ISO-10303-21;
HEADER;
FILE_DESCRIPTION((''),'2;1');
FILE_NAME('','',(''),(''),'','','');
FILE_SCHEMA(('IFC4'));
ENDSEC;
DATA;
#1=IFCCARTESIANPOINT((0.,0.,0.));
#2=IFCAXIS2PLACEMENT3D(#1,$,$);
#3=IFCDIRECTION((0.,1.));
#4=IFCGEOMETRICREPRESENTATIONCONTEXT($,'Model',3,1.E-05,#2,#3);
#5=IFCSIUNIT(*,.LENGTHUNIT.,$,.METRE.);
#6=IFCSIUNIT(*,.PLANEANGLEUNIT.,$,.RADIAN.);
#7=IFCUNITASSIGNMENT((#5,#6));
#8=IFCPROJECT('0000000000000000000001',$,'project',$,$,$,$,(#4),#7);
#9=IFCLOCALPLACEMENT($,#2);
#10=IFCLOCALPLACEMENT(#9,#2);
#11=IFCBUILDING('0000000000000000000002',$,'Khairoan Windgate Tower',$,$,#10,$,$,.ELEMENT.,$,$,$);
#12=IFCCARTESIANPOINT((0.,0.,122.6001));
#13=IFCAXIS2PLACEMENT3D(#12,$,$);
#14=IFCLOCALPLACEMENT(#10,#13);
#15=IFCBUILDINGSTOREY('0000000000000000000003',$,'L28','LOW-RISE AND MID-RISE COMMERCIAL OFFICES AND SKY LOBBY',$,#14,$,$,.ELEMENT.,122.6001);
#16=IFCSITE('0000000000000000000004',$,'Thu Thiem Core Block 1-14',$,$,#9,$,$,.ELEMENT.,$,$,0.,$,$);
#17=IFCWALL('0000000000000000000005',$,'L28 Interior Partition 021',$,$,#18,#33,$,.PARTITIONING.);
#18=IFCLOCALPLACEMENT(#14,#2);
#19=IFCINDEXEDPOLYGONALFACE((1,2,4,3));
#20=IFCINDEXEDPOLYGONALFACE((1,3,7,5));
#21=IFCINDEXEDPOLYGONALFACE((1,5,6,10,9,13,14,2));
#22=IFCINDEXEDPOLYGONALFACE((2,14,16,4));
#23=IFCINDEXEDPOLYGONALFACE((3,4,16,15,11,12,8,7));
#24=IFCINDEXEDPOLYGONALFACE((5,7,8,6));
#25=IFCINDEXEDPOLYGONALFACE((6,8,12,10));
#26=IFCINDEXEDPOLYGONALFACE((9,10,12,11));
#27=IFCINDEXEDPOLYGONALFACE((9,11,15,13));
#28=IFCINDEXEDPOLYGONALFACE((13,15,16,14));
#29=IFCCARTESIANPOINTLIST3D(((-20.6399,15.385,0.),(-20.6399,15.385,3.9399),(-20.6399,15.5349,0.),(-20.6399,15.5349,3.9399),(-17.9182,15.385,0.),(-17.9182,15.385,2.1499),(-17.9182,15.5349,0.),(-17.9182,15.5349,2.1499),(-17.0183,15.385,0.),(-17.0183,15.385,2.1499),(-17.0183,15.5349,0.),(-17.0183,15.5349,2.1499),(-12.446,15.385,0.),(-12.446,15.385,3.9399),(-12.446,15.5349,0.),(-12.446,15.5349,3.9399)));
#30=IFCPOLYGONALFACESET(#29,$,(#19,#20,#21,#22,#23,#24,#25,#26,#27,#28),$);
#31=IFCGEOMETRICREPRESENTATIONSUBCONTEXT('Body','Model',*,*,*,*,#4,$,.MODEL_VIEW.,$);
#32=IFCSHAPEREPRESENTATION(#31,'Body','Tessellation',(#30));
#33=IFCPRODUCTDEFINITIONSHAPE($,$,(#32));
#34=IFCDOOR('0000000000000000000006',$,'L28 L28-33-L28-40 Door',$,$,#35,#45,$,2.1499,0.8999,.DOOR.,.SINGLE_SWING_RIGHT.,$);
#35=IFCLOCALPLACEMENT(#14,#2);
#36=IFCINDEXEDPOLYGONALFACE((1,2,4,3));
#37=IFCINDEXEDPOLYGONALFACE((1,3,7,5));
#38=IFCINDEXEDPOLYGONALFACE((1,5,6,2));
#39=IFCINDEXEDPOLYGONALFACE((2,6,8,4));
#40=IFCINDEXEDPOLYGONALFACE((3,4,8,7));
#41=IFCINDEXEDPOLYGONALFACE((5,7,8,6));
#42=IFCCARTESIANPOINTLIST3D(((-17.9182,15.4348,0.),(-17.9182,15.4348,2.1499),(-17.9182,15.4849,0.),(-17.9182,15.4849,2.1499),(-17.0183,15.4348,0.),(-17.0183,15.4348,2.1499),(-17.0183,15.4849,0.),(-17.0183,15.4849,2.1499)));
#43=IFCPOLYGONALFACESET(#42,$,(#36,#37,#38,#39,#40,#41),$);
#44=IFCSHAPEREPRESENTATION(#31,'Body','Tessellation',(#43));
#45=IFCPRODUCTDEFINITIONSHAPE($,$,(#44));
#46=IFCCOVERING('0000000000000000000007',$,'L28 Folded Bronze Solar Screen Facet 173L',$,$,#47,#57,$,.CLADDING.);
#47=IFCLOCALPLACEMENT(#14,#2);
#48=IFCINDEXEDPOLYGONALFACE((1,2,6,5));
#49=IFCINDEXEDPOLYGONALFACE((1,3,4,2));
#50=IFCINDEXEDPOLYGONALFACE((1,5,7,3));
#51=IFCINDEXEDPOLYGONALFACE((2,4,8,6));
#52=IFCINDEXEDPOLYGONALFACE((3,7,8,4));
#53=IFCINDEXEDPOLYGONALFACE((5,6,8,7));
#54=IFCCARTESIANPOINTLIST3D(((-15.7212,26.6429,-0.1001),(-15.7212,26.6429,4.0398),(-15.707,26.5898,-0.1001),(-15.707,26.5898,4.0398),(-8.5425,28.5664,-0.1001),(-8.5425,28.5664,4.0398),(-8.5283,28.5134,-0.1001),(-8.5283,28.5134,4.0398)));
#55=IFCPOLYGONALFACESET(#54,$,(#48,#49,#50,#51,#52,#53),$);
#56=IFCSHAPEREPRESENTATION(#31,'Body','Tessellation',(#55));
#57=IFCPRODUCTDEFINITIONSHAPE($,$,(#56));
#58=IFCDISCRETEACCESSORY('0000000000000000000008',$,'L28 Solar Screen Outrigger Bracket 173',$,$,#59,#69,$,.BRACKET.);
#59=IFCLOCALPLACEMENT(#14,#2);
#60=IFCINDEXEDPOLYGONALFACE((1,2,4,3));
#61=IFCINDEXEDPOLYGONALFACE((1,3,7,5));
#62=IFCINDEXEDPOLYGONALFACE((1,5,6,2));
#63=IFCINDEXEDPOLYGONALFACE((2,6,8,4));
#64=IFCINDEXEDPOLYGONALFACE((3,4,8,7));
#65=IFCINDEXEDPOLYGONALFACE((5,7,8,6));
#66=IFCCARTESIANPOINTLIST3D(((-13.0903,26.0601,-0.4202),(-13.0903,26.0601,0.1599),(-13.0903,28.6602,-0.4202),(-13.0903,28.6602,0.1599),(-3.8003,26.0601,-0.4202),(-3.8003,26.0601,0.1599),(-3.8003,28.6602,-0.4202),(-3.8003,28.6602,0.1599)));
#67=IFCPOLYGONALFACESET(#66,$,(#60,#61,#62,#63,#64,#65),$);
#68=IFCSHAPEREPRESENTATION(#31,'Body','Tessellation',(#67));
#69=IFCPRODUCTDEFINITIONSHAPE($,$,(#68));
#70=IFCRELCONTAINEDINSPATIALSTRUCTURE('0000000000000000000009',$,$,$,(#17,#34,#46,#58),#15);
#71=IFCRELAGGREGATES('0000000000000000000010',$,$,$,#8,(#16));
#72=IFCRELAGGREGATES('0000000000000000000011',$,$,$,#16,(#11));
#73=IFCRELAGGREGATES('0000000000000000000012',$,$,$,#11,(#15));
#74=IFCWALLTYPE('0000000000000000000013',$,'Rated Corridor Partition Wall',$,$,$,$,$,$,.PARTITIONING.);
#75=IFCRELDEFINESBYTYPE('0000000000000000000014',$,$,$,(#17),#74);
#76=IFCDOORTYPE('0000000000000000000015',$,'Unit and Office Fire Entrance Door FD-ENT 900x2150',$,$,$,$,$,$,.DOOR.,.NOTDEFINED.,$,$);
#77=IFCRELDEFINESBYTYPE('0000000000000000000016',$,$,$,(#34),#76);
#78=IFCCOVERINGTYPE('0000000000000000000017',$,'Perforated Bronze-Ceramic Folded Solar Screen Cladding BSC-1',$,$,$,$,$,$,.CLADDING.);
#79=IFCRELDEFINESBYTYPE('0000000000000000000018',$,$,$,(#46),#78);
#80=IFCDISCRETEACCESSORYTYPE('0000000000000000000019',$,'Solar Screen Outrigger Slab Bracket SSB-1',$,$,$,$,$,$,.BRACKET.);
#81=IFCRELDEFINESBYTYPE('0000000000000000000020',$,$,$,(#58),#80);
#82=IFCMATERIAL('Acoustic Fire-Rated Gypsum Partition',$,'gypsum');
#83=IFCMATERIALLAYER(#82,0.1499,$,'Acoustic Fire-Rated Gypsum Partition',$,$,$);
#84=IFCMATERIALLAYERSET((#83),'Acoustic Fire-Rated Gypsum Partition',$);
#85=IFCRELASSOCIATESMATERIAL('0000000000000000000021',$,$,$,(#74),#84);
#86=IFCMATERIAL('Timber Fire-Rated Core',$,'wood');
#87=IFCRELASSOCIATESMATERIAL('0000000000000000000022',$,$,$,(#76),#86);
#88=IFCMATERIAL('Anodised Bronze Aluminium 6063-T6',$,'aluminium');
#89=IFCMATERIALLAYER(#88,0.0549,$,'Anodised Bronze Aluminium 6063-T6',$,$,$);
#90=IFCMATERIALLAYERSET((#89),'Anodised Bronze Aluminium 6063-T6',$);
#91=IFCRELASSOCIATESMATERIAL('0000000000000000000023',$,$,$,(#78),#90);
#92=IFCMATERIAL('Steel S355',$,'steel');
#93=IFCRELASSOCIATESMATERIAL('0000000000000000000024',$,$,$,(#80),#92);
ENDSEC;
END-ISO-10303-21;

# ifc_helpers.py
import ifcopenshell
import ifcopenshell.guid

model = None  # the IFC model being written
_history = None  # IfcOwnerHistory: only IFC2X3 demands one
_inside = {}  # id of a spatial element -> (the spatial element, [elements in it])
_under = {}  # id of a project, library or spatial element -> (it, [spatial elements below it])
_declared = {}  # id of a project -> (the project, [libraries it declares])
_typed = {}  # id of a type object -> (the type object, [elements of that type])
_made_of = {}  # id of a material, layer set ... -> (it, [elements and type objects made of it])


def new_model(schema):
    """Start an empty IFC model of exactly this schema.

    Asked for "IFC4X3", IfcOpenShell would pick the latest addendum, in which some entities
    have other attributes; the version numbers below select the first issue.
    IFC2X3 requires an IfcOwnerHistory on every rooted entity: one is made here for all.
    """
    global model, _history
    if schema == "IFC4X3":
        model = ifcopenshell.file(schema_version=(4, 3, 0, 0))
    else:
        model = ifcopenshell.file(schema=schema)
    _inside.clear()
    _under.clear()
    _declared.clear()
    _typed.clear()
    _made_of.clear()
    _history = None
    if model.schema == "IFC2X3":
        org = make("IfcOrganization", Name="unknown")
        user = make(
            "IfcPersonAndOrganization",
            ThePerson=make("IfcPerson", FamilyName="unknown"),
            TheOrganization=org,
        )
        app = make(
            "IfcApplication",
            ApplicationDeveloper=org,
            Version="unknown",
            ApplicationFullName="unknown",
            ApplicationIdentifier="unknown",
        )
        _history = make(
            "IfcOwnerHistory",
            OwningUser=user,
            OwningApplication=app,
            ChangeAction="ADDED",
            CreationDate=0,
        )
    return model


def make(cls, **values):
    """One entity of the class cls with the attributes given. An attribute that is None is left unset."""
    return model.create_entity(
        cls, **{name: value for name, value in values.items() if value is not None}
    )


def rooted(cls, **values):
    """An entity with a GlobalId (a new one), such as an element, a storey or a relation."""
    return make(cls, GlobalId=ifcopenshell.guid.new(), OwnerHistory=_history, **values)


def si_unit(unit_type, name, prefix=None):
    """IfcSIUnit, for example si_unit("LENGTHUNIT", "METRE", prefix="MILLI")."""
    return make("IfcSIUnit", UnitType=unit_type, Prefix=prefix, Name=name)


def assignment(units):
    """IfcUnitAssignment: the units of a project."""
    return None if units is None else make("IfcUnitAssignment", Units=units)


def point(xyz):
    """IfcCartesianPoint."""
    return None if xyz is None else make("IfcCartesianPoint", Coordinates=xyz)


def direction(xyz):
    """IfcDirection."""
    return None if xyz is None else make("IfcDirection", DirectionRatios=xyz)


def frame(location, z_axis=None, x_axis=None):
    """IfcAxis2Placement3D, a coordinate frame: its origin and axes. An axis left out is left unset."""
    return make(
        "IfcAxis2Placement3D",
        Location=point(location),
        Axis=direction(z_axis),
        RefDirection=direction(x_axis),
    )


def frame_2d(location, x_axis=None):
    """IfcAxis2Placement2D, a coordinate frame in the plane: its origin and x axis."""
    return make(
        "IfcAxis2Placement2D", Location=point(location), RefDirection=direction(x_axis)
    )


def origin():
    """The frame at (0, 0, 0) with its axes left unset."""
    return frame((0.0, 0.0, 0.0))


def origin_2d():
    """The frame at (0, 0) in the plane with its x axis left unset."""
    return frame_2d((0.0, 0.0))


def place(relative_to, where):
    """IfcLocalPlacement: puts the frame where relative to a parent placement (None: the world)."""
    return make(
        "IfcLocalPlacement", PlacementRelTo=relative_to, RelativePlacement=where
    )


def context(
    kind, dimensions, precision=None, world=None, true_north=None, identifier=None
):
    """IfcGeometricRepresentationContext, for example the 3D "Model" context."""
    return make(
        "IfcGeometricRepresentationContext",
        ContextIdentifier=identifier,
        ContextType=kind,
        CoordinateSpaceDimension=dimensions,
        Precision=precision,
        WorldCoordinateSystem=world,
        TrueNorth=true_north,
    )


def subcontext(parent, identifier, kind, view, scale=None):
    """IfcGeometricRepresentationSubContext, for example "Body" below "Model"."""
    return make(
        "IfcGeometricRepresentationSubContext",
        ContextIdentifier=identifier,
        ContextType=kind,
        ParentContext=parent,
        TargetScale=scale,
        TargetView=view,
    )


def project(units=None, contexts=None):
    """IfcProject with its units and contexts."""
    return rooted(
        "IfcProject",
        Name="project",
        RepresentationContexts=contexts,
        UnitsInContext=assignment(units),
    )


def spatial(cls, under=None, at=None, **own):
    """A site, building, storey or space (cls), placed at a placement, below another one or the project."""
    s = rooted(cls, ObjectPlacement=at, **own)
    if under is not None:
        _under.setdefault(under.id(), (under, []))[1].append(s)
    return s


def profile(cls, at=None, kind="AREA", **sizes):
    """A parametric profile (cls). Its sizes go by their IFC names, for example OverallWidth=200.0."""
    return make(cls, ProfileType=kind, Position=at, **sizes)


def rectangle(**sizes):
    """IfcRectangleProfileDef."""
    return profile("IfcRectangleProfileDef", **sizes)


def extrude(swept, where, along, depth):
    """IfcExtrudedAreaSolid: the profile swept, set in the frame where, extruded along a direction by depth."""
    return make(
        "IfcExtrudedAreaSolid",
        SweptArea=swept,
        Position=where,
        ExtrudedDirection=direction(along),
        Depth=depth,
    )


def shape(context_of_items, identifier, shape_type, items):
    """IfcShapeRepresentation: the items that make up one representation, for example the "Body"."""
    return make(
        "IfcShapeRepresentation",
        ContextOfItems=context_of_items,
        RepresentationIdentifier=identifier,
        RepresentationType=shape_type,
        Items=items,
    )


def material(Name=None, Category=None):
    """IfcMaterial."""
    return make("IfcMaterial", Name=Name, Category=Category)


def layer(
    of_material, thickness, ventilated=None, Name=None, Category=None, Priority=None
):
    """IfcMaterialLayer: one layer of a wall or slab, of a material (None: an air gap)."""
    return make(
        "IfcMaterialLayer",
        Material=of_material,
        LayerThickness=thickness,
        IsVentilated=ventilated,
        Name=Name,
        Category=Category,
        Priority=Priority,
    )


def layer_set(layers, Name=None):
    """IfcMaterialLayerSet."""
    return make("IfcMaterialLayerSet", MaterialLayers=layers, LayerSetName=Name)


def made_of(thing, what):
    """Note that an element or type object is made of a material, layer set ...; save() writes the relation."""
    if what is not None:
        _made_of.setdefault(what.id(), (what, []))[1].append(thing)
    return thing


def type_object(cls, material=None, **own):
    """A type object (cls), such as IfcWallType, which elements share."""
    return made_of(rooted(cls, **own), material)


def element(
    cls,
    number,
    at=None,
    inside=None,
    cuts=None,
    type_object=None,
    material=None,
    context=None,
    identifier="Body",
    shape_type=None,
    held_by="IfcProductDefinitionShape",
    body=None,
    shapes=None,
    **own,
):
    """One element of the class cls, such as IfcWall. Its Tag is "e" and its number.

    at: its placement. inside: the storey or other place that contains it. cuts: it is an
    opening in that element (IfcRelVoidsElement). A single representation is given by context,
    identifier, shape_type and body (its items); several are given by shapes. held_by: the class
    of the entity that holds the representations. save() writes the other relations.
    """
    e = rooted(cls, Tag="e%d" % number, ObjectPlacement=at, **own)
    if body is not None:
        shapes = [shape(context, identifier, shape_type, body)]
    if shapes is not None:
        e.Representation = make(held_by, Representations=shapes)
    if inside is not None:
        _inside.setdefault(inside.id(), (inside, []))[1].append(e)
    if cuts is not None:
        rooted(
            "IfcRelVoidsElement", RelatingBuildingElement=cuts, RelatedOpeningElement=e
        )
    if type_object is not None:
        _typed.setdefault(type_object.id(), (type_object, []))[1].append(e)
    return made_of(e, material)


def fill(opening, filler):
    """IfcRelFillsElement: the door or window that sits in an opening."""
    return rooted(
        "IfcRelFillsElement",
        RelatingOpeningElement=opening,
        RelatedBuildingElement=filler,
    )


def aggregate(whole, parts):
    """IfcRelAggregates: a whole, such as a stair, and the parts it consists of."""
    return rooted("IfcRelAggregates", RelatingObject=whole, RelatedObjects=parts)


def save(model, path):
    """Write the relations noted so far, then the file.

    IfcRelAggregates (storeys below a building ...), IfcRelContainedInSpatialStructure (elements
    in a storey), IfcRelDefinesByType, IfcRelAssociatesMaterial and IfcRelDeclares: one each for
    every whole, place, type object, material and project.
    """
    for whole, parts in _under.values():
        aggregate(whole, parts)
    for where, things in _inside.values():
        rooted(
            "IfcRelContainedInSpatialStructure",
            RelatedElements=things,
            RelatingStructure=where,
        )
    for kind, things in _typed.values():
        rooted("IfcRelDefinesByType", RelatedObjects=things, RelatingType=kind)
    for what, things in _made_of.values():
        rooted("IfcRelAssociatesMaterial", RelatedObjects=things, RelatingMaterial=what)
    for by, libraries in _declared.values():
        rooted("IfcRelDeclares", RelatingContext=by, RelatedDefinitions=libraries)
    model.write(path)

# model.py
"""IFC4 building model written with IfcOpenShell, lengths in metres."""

from ifc_helpers import new_model, si_unit, direction, frame, frame_2d, origin, origin_2d, place, context, subcontext, project, spatial, rectangle, extrude, material, layer, layer_set, type_object, element, fill, save


model = new_model("IFC4")

# Units and contexts
model_context = context("Model", 3, precision=1e-05, world=origin(), true_north=direction((0.0, 1.0)))
body_context = subcontext(model_context, "Body", "Model", "MODEL_VIEW")
ifc_project = project(units=[si_unit("LENGTHUNIT", "METRE"), si_unit("PLANEANGLEUNIT", "RADIAN")], contexts=[model_context])

# Site, building, storey
site_placement = place(None, origin())
site = spatial("IfcSite", under=ifc_project, at=site_placement, Name="Thu Thiem Core Block 1-14", CompositionType="ELEMENT", RefElevation=0.0)
building_placement = place(site_placement, origin())
building = spatial("IfcBuilding", under=site, at=building_placement, Name="Khairoan Windgate Tower", CompositionType="ELEMENT")
storey_placement = place(building_placement, frame((0.0, 0.0, 122.6001)))
storey = spatial("IfcBuildingStorey", under=building, at=storey_placement, Name="L28", Description="LOW-RISE AND MID-RISE COMMERCIAL OFFICES AND SKY LOBBY", CompositionType="ELEMENT", Elevation=122.6001)

# Wall, opening, door
ifc_material_1 = material(Name="Acoustic Fire-Rated Gypsum Partition", Category="gypsum")
ifc_layer_1 = layer(ifc_material_1, 0.1499, Name="Acoustic Fire-Rated Gypsum Partition")
ifc_layer_set_1 = layer_set([ifc_layer_1], Name="Acoustic Fire-Rated Gypsum Partition")
wall_type_1 = type_object("IfcWallType", Name="Rated Corridor Partition Wall", PredefinedType="PARTITIONING", material=ifc_layer_set_1)
ifc_material_2 = material(Name="Timber Fire-Rated Core", Category="wood")
door_type = type_object("IfcDoorType", Name="Unit and Office Fire Entrance Door FD-ENT 900x2150", OperationType="NOTDEFINED", PredefinedType="DOOR", material=ifc_material_2)
wall_1_placement = place(storey_placement, frame((-20.6399, 15.46, 0.0), z_axis=(0.0, 0.0, 1.0), x_axis=(1.0, 0.0, 0.0)))
wall_1 = element("IfcWall", 1, at=wall_1_placement, inside=storey, type_object=wall_type_1, Name="L28 Interior Partition 021", PredefinedType="PARTITIONING", context=body_context, shape_type="SweptSolid", body=[
    extrude(rectangle(XDim=8.1938, YDim=0.1499, at=frame_2d((4.0969, 0.0))), origin(), (0.0, 0.0, 1.0), 3.9399),
])
opening_1_placement = place(wall_1_placement, frame((2.7217, 0.0, 0.0)))
opening_1 = element("IfcOpeningElement", 2, at=opening_1_placement, cuts=wall_1, PredefinedType="OPENING", context=body_context, shape_type="SweptSolid", body=[
    extrude(rectangle(XDim=0.8999, YDim=2.1499, at=frame_2d((0.45, 1.075))), frame((0.0, 0.085, 0.0), z_axis=(0.0, -1.0, 0.0), x_axis=(1.0, 0.0, 0.0)), (0.0, 0.0, 1.0), 0.1699),
])
door_1_placement = place(opening_1_placement, origin())
door_1 = element("IfcDoor", 3, at=door_1_placement, inside=storey, type_object=door_type, Name="L28 L28-33-L28-40 Door", OperationType="SINGLE_SWING_RIGHT", OverallHeight=2.1499, OverallWidth=0.8999, PredefinedType="DOOR", context=body_context, shape_type="SweptSolid", body=[
    extrude(rectangle(XDim=0.8999, YDim=2.1499, at=frame_2d((0.45, 1.075))), frame((0.0, 0.0249, 0.0), z_axis=(0.0, -1.0, 0.0), x_axis=(1.0, 0.0, 0.0)), (0.0, 0.0, 1.0), 0.05),
])
fill(opening_1, door_1)

# Covering
ifc_material_3 = material(Name="Anodised Bronze Aluminium 6063-T6", Category="aluminium")
ifc_layer_2 = layer(ifc_material_3, 0.0549, Name="Anodised Bronze Aluminium 6063-T6")
ifc_layer_set_2 = layer_set([ifc_layer_2], Name="Anodised Bronze Aluminium 6063-T6")
covering_type = type_object("IfcCoveringType", Name="Perforated Bronze-Ceramic Folded Solar Screen Cladding BSC-1", PredefinedType="CLADDING", material=ifc_layer_set_2)
covering_placement = place(storey_placement, frame((-12.1248, 27.5781, -0.1001), z_axis=(0.0, 0.0, 1.0), x_axis=(0.965926, 0.258819, 0.0)))
element("IfcCovering", 4, at=covering_placement, inside=storey, type_object=covering_type, Name="L28 Folded Bronze Solar Screen Facet 173L", PredefinedType="CLADDING", context=body_context, shape_type="SweptSolid", body=[
    extrude(rectangle(XDim=7.4319, YDim=0.0549, at=origin_2d()), origin(), (0.0, 0.0, 1.0), 4.1399),
])

# Discrete accessory
ifc_material_4 = material(Name="Steel S355", Category="steel")
discrete_accessory_type = type_object("IfcDiscreteAccessoryType", Name="Solar Screen Outrigger Slab Bracket SSB-1", PredefinedType="BRACKET", material=ifc_material_4)
discrete_accessory_placement = place(storey_placement, frame((-8.4453, 27.3601, -0.4202), z_axis=(0.0, 0.0, 1.0), x_axis=(1.0, 0.0, 0.0)))
element("IfcDiscreteAccessory", 5, at=discrete_accessory_placement, inside=storey, type_object=discrete_accessory_type, Name="L28 Solar Screen Outrigger Bracket 173", PredefinedType="BRACKET", context=body_context, shape_type="SweptSolid", body=[
    extrude(rectangle(XDim=9.29, YDim=2.6001, at=origin_2d()), origin(), (0.0, 0.0, 1.0), 0.5801),
])

save(model, "model.ifc")
